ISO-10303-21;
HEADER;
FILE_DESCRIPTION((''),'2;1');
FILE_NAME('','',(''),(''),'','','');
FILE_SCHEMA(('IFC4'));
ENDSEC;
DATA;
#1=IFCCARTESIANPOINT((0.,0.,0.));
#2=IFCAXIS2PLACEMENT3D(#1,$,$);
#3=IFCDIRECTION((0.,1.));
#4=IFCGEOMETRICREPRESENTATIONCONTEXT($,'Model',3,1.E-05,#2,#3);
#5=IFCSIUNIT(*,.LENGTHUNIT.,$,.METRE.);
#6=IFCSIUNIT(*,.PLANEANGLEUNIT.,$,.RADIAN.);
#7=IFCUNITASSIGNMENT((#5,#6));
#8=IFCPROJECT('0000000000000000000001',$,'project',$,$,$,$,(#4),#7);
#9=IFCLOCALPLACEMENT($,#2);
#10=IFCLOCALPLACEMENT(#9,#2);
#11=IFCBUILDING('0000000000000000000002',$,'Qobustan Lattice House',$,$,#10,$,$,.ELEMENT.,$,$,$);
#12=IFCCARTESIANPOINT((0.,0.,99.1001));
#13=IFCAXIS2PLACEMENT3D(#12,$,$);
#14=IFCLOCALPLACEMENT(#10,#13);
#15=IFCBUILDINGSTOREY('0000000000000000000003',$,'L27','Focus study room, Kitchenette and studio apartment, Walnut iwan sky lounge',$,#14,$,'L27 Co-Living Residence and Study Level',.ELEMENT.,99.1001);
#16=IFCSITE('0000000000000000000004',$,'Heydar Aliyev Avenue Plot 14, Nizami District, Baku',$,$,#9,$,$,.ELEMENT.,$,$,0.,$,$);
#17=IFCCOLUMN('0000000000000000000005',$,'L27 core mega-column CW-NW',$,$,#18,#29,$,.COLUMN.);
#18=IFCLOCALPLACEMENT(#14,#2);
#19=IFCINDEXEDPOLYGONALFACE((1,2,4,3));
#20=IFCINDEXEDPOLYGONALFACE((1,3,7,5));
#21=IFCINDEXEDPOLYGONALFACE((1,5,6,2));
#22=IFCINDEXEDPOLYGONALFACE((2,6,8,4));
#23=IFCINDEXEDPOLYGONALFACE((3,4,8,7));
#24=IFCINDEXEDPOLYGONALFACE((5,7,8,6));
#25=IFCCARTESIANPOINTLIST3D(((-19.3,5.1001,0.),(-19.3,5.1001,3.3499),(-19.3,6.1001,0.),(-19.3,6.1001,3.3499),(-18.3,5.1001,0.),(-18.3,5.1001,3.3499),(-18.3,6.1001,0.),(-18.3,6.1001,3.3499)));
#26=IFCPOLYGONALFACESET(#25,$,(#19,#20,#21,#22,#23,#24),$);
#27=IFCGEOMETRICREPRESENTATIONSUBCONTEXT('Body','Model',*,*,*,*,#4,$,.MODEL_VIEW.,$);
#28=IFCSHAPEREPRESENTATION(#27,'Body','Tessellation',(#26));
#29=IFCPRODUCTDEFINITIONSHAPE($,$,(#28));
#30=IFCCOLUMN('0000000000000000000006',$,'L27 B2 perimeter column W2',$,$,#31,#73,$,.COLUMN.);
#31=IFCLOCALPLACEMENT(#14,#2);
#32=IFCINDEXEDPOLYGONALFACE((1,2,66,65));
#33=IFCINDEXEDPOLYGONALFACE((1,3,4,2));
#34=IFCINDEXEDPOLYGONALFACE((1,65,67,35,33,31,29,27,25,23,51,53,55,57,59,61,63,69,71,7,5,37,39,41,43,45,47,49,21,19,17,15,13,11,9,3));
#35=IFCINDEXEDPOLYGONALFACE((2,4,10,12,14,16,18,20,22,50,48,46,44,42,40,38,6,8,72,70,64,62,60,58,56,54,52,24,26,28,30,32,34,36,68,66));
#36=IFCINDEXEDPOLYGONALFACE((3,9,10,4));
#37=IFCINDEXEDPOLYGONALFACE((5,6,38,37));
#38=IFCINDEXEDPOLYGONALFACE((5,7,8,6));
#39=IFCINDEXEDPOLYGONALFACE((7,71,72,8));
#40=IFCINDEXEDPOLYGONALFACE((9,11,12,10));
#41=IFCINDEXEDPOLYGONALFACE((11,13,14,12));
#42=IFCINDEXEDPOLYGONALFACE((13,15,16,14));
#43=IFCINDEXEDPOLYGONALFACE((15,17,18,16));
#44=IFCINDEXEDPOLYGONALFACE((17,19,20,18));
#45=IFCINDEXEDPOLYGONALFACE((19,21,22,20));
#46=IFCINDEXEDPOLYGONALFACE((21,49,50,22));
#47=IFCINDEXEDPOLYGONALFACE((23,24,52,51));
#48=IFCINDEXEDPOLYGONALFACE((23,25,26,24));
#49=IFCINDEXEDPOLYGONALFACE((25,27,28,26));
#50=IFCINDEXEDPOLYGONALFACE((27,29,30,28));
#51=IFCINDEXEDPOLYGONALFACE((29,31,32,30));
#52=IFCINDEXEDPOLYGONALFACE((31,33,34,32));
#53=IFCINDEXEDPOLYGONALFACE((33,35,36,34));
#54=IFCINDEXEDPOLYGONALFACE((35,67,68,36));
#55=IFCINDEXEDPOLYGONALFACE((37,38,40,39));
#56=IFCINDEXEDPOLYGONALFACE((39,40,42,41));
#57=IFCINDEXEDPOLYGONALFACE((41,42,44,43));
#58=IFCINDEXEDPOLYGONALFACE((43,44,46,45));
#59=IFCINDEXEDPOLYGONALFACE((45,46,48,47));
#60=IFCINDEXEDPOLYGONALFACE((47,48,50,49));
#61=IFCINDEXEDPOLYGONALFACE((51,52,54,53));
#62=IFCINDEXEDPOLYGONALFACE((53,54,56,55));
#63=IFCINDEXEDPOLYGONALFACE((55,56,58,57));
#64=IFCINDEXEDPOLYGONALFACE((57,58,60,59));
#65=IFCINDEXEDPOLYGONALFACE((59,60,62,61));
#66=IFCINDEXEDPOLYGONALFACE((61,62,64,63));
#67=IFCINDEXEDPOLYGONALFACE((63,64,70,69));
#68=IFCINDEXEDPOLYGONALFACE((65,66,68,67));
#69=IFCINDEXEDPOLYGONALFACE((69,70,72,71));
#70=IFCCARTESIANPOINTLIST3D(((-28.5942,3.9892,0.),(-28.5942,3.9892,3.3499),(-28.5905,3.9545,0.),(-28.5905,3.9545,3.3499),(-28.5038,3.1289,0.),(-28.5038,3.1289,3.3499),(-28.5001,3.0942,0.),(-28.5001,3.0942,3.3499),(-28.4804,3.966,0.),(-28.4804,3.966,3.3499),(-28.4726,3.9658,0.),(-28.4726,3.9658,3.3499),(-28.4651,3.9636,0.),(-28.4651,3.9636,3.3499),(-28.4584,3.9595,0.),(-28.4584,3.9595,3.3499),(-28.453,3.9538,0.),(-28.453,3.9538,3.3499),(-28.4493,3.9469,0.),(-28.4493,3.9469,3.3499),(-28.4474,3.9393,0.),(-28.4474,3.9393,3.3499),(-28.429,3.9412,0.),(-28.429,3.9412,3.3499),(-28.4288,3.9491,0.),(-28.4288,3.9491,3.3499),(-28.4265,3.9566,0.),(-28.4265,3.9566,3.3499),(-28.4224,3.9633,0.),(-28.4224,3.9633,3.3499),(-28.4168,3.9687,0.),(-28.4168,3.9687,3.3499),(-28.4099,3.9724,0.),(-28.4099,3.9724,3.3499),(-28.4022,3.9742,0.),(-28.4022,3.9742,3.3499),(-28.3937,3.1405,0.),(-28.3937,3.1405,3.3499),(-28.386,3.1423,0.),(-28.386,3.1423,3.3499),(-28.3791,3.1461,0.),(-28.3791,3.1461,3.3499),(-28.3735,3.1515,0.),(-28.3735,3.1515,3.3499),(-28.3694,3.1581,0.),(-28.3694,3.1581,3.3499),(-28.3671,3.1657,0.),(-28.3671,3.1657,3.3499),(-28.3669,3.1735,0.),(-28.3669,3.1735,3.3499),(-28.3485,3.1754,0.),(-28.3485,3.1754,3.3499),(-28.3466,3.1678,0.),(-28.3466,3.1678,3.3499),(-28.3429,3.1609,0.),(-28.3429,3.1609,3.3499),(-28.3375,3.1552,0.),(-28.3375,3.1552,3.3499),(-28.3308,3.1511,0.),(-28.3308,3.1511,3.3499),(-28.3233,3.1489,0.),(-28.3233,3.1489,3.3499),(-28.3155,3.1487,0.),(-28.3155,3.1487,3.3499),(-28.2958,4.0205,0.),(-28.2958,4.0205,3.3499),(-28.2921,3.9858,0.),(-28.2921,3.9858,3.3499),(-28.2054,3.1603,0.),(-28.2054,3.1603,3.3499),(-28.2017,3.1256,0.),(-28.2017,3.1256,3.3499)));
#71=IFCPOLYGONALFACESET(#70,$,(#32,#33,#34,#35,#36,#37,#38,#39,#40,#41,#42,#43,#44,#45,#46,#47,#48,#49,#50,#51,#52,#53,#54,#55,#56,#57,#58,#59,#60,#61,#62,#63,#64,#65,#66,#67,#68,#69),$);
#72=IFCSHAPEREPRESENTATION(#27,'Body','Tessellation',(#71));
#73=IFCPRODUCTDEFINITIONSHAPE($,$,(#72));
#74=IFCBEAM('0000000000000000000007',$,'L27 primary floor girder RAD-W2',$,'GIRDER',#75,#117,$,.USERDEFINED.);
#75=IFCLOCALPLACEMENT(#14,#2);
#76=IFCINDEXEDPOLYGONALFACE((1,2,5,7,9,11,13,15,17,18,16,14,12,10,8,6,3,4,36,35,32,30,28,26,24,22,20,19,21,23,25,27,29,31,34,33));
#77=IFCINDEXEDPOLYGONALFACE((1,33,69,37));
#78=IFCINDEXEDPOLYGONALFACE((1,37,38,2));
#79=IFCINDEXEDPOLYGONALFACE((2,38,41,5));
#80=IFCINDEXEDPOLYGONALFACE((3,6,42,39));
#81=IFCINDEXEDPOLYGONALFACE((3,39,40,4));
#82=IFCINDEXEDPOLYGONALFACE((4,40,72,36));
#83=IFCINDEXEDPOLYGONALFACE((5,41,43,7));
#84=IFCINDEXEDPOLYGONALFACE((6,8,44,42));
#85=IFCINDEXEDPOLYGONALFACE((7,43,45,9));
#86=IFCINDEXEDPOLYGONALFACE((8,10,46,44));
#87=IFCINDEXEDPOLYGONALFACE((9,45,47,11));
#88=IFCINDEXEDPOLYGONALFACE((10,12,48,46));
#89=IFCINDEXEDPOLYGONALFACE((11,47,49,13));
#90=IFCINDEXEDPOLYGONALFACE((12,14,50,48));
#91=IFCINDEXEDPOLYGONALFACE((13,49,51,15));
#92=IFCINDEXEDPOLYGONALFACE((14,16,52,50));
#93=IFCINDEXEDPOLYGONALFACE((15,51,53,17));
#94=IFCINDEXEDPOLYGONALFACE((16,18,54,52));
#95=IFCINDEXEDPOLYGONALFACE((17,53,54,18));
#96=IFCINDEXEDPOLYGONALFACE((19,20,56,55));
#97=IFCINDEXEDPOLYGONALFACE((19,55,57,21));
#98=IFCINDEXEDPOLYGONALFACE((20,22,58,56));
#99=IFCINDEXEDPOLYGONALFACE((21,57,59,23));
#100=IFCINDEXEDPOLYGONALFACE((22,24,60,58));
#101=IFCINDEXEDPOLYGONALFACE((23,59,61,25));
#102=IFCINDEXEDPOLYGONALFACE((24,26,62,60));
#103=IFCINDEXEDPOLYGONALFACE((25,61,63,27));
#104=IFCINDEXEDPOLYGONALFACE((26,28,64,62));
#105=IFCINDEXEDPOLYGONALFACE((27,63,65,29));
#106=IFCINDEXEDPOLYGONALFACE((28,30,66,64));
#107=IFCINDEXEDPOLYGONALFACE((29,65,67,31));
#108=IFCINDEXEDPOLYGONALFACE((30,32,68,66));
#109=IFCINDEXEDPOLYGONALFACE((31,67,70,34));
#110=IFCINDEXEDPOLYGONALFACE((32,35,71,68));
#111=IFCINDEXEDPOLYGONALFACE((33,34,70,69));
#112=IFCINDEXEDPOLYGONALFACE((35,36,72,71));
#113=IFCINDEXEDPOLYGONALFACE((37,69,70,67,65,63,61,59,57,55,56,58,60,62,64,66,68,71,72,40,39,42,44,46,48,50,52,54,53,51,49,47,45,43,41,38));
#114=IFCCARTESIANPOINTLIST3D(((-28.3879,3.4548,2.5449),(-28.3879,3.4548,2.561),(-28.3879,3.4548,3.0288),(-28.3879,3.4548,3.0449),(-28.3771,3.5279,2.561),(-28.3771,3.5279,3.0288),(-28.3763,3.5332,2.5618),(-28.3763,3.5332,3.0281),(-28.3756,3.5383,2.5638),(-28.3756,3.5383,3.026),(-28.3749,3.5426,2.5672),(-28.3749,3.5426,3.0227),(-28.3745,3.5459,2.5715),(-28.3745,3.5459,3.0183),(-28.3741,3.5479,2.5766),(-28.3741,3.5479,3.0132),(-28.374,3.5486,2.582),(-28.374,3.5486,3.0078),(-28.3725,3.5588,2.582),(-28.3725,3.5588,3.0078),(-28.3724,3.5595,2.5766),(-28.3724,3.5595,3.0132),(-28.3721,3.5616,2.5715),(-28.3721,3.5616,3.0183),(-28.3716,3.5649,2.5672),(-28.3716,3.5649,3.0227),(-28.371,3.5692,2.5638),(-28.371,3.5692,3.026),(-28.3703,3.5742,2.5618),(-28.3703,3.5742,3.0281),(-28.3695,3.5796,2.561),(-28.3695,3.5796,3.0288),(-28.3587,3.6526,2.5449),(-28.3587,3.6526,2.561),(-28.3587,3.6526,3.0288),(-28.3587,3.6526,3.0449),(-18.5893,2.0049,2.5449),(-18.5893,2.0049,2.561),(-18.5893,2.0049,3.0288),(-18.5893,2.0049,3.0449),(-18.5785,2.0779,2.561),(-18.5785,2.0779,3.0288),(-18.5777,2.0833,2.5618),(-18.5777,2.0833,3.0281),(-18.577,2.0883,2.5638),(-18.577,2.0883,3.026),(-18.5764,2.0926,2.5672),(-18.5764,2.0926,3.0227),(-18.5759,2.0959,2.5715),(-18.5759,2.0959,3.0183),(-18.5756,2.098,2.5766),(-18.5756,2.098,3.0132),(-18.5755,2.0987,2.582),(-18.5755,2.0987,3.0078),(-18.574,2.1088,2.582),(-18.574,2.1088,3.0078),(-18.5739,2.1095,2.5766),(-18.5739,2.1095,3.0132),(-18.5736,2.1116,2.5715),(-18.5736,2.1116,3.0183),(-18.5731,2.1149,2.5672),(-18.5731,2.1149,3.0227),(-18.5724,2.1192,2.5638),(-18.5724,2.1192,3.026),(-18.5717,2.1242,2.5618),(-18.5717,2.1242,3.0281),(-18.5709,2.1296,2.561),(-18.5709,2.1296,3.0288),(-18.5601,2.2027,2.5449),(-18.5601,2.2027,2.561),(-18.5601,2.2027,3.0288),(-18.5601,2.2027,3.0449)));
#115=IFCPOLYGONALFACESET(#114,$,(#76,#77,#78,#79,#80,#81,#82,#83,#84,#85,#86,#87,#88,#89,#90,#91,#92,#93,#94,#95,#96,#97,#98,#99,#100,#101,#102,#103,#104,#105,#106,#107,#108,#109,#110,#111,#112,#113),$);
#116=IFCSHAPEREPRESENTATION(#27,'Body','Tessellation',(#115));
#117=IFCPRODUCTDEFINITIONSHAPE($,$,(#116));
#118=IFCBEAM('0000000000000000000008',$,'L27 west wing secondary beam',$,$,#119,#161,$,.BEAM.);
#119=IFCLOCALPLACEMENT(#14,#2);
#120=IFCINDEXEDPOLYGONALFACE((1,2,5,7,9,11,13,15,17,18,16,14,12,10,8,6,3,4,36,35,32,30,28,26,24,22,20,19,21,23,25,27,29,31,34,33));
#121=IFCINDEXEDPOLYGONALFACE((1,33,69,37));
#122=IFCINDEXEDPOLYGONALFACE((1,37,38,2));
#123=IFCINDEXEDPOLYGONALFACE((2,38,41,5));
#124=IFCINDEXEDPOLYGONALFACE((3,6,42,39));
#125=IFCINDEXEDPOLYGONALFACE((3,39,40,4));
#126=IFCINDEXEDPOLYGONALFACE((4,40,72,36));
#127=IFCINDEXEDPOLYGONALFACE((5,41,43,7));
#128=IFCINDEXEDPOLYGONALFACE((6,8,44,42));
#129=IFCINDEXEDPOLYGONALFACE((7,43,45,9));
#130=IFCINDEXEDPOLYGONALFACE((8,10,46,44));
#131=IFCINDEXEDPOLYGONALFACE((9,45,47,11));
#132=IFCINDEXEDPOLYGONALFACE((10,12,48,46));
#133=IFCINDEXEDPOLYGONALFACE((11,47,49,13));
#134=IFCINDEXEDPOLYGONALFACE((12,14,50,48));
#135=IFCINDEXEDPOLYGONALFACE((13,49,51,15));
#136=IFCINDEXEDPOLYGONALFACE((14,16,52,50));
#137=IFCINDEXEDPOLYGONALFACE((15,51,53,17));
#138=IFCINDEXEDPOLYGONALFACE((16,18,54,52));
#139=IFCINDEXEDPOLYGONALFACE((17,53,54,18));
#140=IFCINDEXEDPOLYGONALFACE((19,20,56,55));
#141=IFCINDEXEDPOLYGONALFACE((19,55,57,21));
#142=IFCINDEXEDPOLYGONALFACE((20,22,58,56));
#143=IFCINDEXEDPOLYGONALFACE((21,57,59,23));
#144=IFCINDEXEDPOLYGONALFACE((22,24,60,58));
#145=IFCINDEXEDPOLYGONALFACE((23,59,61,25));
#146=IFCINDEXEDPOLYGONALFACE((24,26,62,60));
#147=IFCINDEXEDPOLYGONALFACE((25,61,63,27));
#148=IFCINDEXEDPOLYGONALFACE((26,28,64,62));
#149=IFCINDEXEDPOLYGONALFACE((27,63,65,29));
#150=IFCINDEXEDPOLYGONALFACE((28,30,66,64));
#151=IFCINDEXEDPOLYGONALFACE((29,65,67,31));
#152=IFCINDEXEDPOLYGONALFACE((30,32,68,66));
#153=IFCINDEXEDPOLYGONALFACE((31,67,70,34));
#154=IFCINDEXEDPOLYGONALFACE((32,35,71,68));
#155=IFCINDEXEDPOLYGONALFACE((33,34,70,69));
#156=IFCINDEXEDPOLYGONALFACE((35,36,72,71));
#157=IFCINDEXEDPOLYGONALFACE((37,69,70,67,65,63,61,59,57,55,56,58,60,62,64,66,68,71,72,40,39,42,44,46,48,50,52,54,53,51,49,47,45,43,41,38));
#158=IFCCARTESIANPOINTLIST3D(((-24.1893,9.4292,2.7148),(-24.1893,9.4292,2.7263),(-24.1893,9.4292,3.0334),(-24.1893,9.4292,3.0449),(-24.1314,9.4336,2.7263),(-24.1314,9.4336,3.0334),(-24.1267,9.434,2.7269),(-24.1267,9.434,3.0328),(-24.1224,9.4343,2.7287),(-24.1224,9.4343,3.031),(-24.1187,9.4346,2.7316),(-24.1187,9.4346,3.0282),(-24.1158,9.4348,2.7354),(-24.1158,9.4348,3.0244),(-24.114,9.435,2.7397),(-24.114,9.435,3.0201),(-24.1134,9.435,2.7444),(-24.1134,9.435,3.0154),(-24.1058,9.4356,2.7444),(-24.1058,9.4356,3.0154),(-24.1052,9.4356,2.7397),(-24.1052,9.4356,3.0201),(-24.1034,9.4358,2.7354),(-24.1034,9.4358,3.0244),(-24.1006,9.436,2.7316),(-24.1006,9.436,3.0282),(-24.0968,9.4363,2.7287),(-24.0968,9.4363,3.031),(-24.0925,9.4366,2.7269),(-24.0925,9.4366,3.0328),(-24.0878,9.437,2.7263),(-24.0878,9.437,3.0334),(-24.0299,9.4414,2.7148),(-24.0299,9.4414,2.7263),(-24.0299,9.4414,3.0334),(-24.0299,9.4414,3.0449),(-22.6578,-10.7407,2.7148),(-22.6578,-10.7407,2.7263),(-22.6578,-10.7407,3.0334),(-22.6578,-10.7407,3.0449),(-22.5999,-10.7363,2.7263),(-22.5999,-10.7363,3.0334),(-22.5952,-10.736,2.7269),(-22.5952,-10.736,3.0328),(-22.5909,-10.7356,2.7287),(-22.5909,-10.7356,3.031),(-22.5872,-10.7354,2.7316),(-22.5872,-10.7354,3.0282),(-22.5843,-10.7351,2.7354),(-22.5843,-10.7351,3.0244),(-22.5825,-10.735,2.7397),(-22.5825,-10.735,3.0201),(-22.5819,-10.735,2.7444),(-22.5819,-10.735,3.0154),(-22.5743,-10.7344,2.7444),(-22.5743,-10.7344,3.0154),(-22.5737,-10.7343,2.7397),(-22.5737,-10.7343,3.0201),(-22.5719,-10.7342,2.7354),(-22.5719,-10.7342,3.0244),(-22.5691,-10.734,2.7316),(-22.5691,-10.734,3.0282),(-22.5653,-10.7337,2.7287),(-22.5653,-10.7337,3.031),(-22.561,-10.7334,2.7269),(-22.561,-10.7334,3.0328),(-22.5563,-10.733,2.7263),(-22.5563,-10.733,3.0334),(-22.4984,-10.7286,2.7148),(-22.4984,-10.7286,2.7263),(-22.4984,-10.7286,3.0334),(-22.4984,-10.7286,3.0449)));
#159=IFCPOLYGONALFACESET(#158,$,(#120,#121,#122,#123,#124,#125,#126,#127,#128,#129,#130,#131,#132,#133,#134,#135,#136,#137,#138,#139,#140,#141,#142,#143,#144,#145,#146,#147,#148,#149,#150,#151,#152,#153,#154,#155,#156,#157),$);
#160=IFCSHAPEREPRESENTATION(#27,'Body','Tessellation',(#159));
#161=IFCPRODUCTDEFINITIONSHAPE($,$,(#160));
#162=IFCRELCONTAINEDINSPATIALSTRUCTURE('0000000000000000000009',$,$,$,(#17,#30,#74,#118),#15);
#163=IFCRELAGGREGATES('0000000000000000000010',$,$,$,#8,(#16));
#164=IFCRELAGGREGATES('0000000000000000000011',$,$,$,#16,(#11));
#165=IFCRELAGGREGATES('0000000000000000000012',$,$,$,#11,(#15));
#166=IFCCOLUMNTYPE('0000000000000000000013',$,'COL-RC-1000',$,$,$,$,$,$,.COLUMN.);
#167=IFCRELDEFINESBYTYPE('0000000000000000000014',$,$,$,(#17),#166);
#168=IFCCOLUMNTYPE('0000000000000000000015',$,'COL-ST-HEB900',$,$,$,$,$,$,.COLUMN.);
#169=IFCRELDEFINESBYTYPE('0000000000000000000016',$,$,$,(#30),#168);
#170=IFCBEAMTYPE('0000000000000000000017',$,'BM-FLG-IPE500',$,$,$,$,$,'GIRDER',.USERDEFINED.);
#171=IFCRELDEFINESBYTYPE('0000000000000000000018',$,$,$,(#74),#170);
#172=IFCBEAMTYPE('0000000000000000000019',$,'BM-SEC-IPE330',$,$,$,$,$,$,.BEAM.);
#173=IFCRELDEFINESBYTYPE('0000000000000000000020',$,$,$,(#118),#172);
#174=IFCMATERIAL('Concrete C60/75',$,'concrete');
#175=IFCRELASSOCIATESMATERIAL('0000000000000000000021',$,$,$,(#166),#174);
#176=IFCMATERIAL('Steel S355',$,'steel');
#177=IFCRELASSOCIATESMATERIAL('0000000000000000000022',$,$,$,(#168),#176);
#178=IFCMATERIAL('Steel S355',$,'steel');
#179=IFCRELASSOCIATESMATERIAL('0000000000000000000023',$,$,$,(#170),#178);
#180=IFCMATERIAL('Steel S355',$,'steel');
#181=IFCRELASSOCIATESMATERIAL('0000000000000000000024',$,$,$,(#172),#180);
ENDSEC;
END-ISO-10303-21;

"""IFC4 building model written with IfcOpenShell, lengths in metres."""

from ifc_helpers import new_model, si_unit, direction, frame, origin, origin_2d, place, context, subcontext, project, spatial, rectangle, i_section, extrude, material, material_profile, profile_set, type_object, element, save


model = new_model("IFC4")

# Units and contexts
model_context = context("Model", 3, precision=1e-05, world=origin(), true_north=direction((0.0, 1.0)))
body_context = subcontext(model_context, "Body", "Model", "MODEL_VIEW")
ifc_project = project(units=[si_unit("LENGTHUNIT", "METRE"), si_unit("PLANEANGLEUNIT", "RADIAN")], contexts=[model_context])

# Site, building, storey
site_placement = place(None, origin())
site = spatial("IfcSite", under=ifc_project, at=site_placement, Name="Heydar Aliyev Avenue Plot 14, Nizami District, Baku", CompositionType="ELEMENT", RefElevation=0.0)
building_placement = place(site_placement, origin())
building = spatial("IfcBuilding", under=site, at=building_placement, Name="Qobustan Lattice House", CompositionType="ELEMENT")
storey_placement = place(building_placement, frame((0.0, 0.0, 99.1001)))
storey = spatial("IfcBuildingStorey", under=building, at=storey_placement, Name="L27", Description="Focus study room, Kitchenette and studio apartment, Walnut iwan sky lounge", LongName="L27 Co-Living Residence and Study Level", CompositionType="ELEMENT", Elevation=99.1001)

# Columns
ifc_material_1 = material(Name="Concrete C60/75", Category="concrete")
ifc_material_profile_1 = material_profile(ifc_material_1, rectangle(XDim=1.0, YDim=1.0, at=origin_2d()), Name="RC1000x1000")
ifc_profile_set_1 = profile_set([ifc_material_profile_1], Name="Concrete C60/75")
column_type_1 = type_object("IfcColumnType", Name="COL-RC-1000", PredefinedType="COLUMN", material=ifc_profile_set_1)
column_1_placement = place(storey_placement, frame((-18.8, 5.6001, 0.0), z_axis=(0.0, 0.0, 1.0), x_axis=(1.0, 0.0, 0.0)))
element("IfcColumn", 1, at=column_1_placement, inside=storey, type_object=column_type_1, Name="L27 core mega-column CW-NW", PredefinedType="COLUMN", context=body_context, shape_type="SweptSolid", body=[
    extrude(rectangle(XDim=1.0, YDim=1.0, at=origin_2d()), origin(), (0.0, 0.0, 1.0), 3.3499),
])
ifc_material_2 = material(Name="Steel S355", Category="steel")
ifc_material_profile_2 = material_profile(ifc_material_2, i_section(OverallWidth=0.3, OverallDepth=0.8999, WebThickness=0.0186, FlangeThickness=0.0349, FilletRadius=0.03, at=origin_2d()), Name="HEB900")
ifc_profile_set_2 = profile_set([ifc_material_profile_2], Name="Steel S355")
column_type_2 = type_object("IfcColumnType", Name="COL-ST-HEB900", PredefinedType="COLUMN", material=ifc_profile_set_2)
column_2_placement = place(storey_placement, frame((-28.3979, 3.5574, 0.0), z_axis=(0.0, 0.0, 1.0), x_axis=(0.994522, 0.104528, 0.0)))
element("IfcColumn", 2, at=column_2_placement, inside=storey, type_object=column_type_2, Name="L27 B2 perimeter column W2", PredefinedType="COLUMN", context=body_context, shape_type="SweptSolid", body=[
    extrude(i_section(OverallWidth=0.3, OverallDepth=0.8999, WebThickness=0.0186, FlangeThickness=0.0349, FilletRadius=0.03, at=origin_2d()), origin(), (0.0, 0.0, 1.0), 3.3499),
])

# Beams
ifc_material_3 = material(Name="Steel S355", Category="steel")
ifc_material_profile_3 = material_profile(ifc_material_3, i_section(OverallWidth=0.2, OverallDepth=0.5, WebThickness=0.0103, FlangeThickness=0.0161, FilletRadius=0.021, at=origin_2d()), Name="IPE500")
ifc_profile_set_3 = profile_set([ifc_material_profile_3], Name="Steel S355")
beam_type_1 = type_object("IfcBeamType", Name="BM-FLG-IPE500", ElementType="GIRDER", PredefinedType="USERDEFINED", material=ifc_profile_set_3)
beam_1_placement = place(storey_placement, frame((-28.3733, 3.5537, 2.7949), z_axis=(0.989228, -0.146382, 0.0), x_axis=(0.146382, 0.989228, 0.0)))
element("IfcBeam", 3, at=beam_1_placement, inside=storey, type_object=beam_type_1, Name="L27 primary floor girder RAD-W2", ObjectType="GIRDER", PredefinedType="USERDEFINED", context=body_context, shape_type="SweptSolid", body=[
    extrude(i_section(OverallWidth=0.2, OverallDepth=0.5, WebThickness=0.0103, FlangeThickness=0.0161, FilletRadius=0.021, at=origin_2d()), origin(), (0.0, 0.0, 1.0), 9.9053),
])
ifc_material_4 = material(Name="Steel S355", Category="steel")
ifc_material_profile_4 = material_profile(ifc_material_4, i_section(OverallWidth=0.1599, OverallDepth=0.3301, WebThickness=0.0076, FlangeThickness=0.0115, FilletRadius=0.0181, at=origin_2d()), Name="IPE330")
ifc_profile_set_4 = profile_set([ifc_material_profile_4], Name="Steel S355")
beam_type_2 = type_object("IfcBeamType", Name="BM-SEC-IPE330", PredefinedType="BEAM", material=ifc_profile_set_4)
beam_2_placement = place(storey_placement, frame((-24.1096, 9.4353, 2.8799), z_axis=(0.075712, -0.99713, 0.0), x_axis=(0.99713, 0.075712, 0.0)))
element("IfcBeam", 4, at=beam_2_placement, inside=storey, type_object=beam_type_2, Name="L27 west wing secondary beam", PredefinedType="BEAM", context=body_context, shape_type="SweptSolid", body=[
    extrude(i_section(OverallWidth=0.1599, OverallDepth=0.3301, WebThickness=0.0076, FlangeThickness=0.0115, FilletRadius=0.0181, at=origin_2d()), origin(), (0.0, 0.0, 1.0), 20.228),
])

save(model, "model.ifc")
